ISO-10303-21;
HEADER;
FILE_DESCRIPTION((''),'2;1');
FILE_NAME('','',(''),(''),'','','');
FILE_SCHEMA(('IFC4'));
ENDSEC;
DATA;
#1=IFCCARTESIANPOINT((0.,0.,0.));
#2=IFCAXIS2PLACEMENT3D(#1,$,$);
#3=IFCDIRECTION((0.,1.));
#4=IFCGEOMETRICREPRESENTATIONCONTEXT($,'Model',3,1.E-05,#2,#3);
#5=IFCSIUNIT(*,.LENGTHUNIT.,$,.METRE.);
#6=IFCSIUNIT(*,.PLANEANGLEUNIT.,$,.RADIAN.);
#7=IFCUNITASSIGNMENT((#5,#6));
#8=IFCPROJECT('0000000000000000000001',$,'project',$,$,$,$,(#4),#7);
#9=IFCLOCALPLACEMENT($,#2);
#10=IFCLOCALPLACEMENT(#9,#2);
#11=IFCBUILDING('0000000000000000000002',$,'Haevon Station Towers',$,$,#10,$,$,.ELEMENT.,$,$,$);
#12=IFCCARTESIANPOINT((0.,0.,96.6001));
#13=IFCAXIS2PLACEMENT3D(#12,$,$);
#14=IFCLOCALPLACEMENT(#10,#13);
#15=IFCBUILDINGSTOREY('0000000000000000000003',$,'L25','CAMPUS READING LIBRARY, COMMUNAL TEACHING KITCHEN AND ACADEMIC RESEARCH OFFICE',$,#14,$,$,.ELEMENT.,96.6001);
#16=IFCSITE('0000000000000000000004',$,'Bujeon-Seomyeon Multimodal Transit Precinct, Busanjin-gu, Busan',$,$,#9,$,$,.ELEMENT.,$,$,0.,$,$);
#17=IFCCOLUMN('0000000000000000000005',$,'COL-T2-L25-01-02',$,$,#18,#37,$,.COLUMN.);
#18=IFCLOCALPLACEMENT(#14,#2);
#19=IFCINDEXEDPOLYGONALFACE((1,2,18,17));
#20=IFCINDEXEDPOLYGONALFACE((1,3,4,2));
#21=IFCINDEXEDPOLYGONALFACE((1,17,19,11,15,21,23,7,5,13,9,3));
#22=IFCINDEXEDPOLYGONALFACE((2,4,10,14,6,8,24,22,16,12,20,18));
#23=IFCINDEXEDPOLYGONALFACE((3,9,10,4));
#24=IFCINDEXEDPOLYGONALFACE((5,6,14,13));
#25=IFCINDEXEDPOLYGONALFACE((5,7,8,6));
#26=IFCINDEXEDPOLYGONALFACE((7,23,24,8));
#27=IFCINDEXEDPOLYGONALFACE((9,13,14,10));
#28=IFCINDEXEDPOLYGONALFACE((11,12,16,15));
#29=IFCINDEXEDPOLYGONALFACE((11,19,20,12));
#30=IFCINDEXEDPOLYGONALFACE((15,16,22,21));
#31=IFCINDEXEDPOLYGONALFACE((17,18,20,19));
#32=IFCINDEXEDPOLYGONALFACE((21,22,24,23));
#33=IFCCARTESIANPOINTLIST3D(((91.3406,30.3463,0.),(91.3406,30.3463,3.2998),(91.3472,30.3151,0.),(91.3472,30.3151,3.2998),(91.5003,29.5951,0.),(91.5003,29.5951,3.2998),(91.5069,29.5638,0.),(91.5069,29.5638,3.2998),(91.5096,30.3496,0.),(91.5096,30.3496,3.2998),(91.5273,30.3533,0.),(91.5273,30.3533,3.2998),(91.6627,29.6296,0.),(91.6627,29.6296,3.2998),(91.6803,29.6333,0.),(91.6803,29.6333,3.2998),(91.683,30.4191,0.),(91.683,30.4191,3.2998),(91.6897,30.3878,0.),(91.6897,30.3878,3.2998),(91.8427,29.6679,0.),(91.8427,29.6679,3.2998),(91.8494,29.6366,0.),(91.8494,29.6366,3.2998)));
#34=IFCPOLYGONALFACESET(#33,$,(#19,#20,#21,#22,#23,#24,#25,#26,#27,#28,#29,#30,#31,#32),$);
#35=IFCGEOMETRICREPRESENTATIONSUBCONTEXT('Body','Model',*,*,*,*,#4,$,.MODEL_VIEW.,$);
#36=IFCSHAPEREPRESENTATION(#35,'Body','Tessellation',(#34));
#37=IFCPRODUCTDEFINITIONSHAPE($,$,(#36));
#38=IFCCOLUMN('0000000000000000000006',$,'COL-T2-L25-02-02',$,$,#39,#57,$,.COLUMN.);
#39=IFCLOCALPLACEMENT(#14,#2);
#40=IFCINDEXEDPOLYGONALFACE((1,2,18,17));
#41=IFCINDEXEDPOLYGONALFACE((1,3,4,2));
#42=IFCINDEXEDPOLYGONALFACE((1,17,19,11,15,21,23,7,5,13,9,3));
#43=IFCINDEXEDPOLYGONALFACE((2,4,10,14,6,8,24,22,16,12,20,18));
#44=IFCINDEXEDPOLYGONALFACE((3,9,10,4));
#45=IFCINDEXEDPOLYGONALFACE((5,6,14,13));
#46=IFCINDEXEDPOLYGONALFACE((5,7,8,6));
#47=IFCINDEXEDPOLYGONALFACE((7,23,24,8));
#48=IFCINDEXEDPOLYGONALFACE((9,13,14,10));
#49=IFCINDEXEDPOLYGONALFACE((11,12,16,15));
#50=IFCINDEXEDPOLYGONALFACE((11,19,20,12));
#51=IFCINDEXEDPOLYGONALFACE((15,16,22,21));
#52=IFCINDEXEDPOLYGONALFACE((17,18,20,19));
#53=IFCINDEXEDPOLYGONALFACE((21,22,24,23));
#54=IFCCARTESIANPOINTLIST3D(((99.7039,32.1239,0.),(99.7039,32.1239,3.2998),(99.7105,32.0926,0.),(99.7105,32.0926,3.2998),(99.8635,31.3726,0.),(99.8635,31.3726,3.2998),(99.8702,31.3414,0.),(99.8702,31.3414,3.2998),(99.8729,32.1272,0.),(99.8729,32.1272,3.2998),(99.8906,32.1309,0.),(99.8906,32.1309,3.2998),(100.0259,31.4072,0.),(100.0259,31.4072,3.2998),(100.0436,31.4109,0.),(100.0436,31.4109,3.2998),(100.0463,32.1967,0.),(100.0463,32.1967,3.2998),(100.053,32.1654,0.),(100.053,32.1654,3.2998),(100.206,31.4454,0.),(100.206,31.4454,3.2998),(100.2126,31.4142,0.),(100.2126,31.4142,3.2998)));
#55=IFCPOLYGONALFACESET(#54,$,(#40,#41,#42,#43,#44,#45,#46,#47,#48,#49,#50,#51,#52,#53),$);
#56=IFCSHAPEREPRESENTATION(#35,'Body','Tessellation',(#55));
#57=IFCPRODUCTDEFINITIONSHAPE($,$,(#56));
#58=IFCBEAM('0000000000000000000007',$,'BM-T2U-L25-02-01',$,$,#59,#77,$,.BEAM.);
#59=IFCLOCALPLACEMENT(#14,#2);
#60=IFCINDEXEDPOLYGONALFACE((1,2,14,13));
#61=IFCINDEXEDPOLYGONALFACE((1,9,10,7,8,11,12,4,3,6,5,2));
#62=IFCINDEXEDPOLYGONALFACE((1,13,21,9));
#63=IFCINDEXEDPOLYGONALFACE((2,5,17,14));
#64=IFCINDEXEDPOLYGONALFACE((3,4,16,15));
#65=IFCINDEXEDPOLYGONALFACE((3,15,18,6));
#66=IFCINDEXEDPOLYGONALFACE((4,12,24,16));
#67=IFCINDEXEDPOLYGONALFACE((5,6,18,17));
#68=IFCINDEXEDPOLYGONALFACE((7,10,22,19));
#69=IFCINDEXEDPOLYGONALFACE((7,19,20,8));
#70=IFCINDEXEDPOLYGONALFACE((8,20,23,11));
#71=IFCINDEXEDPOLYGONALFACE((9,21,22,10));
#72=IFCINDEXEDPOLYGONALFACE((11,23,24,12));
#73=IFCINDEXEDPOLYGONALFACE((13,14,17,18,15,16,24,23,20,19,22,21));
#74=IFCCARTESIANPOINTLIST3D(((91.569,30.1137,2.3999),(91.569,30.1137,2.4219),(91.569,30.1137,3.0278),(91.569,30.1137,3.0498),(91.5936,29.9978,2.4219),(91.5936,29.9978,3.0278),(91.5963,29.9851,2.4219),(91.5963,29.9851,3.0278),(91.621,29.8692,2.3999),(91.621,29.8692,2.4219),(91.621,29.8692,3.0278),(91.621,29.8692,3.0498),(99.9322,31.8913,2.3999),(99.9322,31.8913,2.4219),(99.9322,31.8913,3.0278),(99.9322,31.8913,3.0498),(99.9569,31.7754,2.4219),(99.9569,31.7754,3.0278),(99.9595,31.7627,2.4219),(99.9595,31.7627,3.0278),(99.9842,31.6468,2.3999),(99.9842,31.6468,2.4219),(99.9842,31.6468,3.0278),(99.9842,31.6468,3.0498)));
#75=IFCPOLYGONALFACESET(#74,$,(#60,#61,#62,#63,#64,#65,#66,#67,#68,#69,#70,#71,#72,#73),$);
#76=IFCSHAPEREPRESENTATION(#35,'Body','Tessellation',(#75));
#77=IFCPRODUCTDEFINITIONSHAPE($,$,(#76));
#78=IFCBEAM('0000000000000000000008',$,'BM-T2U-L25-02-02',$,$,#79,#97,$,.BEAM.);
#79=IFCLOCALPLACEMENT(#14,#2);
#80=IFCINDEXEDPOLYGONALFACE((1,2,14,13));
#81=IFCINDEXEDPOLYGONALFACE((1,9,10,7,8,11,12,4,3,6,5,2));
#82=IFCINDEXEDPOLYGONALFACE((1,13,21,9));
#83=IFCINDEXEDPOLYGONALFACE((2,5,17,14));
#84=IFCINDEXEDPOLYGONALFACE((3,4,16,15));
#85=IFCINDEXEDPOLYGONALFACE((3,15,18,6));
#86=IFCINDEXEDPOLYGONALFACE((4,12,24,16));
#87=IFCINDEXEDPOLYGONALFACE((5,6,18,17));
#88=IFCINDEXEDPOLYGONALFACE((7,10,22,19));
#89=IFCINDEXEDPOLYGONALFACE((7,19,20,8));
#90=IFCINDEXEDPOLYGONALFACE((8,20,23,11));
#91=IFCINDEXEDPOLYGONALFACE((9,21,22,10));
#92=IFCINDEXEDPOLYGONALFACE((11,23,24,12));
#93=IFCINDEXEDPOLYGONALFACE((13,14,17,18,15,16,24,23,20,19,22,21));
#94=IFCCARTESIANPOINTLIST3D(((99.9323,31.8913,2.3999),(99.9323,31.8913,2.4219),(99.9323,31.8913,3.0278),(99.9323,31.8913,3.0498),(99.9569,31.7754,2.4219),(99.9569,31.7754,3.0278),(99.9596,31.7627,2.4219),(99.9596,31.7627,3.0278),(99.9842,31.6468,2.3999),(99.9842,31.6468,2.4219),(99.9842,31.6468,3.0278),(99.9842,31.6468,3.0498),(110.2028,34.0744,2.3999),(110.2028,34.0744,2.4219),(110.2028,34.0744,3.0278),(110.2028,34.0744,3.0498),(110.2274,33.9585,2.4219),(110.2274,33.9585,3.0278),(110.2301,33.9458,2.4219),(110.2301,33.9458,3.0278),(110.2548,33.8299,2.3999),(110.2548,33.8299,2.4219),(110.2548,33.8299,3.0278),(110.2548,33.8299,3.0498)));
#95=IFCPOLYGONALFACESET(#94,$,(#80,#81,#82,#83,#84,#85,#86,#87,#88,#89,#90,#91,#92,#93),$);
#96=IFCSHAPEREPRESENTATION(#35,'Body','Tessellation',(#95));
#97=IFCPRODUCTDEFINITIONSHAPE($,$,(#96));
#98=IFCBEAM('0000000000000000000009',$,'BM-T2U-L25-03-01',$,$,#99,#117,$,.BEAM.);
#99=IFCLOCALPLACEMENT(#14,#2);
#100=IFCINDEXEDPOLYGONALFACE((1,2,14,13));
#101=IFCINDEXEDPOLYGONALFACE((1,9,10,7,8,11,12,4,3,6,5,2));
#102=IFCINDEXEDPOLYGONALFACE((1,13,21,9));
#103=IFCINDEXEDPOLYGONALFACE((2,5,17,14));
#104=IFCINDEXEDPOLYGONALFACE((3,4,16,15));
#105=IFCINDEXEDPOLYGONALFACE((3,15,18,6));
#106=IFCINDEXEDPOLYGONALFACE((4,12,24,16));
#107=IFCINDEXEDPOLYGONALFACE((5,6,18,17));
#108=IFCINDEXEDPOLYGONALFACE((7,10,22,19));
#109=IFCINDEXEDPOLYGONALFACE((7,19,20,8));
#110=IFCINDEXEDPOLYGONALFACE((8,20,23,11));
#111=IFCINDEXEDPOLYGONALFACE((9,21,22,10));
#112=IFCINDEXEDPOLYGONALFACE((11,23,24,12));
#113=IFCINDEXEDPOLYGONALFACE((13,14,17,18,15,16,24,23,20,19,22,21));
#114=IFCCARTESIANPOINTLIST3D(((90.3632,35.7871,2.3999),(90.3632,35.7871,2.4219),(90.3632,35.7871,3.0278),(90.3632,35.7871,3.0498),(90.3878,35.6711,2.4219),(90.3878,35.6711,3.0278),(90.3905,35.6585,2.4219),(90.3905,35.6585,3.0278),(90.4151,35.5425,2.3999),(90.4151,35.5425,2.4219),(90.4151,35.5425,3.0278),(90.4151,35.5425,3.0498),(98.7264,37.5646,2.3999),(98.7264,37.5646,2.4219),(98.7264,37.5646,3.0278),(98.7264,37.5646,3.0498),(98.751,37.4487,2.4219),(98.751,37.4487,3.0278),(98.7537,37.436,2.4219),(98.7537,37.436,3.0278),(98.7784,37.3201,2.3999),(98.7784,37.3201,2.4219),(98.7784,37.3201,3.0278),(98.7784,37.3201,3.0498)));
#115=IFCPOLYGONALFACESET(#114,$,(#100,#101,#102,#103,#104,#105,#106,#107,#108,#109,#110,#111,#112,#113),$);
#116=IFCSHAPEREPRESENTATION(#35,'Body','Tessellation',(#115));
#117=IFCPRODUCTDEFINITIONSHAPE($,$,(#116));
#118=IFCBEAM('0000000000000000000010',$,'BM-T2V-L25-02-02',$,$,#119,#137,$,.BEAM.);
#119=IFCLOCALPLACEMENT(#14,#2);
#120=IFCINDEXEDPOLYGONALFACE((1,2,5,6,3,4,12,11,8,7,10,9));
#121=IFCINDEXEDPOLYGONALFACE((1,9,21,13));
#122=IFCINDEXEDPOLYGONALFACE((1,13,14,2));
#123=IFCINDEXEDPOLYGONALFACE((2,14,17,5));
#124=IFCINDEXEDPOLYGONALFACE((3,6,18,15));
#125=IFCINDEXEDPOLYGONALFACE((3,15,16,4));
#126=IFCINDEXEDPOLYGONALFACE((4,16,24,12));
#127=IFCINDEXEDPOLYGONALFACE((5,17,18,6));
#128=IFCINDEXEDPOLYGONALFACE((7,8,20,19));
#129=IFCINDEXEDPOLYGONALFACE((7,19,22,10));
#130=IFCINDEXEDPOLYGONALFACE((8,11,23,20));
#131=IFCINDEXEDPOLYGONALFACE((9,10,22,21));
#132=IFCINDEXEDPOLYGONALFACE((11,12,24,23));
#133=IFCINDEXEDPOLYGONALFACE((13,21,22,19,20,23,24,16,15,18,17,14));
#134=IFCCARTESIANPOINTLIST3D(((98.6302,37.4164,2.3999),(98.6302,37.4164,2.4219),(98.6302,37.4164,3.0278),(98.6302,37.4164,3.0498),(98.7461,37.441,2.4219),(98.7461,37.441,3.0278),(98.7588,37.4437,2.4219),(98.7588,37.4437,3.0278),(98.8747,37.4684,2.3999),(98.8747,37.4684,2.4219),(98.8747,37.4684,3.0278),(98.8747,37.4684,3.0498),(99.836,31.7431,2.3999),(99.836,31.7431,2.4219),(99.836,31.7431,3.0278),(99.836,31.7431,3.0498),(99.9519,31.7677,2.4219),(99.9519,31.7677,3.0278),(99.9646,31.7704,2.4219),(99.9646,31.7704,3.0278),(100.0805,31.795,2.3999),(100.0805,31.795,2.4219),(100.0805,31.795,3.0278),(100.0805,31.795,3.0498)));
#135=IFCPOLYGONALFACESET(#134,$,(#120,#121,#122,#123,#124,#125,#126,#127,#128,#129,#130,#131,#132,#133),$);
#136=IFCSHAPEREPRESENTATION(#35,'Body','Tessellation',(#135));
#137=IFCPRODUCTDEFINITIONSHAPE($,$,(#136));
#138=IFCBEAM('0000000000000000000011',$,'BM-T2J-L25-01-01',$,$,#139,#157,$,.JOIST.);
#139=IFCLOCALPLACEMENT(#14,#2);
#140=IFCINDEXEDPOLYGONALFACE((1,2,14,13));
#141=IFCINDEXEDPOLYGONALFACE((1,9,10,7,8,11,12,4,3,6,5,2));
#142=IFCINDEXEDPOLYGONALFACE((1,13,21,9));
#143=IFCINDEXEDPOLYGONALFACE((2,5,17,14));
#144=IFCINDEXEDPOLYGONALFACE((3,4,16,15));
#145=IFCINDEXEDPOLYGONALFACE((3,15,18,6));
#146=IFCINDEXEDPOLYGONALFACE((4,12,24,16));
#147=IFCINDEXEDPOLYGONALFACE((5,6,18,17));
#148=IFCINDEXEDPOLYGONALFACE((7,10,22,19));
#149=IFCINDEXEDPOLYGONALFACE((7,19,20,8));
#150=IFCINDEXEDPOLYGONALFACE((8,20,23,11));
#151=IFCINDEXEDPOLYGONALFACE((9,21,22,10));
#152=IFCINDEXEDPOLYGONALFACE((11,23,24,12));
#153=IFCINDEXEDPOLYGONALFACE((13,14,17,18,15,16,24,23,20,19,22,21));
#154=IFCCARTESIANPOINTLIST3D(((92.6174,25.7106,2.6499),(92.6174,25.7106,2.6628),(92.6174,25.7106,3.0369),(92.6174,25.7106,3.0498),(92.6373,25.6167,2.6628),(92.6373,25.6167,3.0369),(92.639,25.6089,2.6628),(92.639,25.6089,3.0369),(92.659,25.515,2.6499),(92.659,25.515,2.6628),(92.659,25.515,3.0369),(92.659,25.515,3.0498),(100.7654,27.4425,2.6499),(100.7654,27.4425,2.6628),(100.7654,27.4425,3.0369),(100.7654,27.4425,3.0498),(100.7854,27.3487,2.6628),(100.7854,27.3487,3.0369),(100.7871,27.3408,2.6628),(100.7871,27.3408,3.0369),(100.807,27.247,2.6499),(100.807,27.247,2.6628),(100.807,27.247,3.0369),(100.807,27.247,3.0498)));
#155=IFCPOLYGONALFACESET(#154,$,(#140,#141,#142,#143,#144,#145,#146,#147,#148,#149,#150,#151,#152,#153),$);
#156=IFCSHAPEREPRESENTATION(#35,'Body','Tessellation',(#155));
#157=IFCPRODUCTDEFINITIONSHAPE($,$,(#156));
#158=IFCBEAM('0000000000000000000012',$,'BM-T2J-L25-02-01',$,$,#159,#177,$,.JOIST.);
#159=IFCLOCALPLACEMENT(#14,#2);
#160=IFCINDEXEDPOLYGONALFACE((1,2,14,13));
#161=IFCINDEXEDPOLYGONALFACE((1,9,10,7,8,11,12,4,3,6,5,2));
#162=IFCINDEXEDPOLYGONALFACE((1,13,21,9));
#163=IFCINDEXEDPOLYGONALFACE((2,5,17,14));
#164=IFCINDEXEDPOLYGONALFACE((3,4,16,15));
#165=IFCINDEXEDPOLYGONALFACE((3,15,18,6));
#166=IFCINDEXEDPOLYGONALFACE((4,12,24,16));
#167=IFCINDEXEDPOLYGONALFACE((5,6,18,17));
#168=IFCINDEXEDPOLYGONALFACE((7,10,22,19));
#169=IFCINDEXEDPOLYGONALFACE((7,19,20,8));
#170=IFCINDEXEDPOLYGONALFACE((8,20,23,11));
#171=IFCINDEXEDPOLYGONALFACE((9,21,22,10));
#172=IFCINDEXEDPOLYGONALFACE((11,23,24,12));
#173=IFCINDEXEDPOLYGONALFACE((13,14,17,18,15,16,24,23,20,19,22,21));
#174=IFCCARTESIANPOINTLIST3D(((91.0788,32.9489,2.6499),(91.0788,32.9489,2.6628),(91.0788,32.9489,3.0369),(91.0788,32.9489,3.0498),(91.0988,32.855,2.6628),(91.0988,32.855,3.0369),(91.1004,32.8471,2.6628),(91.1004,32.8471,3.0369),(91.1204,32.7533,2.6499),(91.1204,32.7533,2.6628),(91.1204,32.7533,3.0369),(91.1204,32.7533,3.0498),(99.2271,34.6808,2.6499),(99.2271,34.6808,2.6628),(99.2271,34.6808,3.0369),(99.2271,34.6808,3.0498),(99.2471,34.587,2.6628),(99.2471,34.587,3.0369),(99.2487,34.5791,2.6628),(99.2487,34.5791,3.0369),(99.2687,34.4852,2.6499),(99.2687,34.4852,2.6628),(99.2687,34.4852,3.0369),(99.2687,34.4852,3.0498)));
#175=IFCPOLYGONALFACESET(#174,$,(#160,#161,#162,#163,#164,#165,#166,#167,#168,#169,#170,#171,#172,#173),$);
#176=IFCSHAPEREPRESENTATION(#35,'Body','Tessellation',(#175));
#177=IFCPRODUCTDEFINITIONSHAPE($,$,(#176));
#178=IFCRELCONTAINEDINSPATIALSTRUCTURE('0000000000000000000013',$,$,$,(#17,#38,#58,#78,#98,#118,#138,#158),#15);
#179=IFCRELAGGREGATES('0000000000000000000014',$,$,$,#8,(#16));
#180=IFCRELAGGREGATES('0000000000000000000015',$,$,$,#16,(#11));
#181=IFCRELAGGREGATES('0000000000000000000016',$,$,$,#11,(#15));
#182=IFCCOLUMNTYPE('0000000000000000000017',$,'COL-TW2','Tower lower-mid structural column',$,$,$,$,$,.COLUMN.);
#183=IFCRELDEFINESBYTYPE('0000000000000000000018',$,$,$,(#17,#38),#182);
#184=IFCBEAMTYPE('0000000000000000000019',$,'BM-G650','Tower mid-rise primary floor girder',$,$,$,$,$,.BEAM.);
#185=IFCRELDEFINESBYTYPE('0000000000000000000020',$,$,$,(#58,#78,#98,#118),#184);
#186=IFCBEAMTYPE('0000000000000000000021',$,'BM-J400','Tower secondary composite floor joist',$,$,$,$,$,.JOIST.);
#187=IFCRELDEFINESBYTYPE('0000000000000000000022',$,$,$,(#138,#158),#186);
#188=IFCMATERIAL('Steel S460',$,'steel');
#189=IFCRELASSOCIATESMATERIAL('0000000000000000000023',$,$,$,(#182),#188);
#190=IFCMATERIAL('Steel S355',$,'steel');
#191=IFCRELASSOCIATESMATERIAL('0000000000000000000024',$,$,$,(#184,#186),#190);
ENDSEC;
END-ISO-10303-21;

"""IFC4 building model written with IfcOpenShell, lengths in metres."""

from ifc_helpers import new_model, si_unit, direction, frame, origin, origin_2d, place, context, subcontext, project, spatial, i_section, extrude, material, material_profile, profile_set, type_object, element, save


model = new_model("IFC4")

# Units and contexts
model_context = context("Model", 3, precision=1e-05, world=origin(), true_north=direction((0.0, 1.0)))
body_context = subcontext(model_context, "Body", "Model", "MODEL_VIEW")
ifc_project = project(units=[si_unit("LENGTHUNIT", "METRE"), si_unit("PLANEANGLEUNIT", "RADIAN")], contexts=[model_context])

# Site, building, storey
site_placement = place(None, origin())
site = spatial("IfcSite", under=ifc_project, at=site_placement, Name="Bujeon-Seomyeon Multimodal Transit Precinct, Busanjin-gu, Busan", CompositionType="ELEMENT", RefElevation=0.0)
building_placement = place(site_placement, origin())
building = spatial("IfcBuilding", under=site, at=building_placement, Name="Haevon Station Towers", CompositionType="ELEMENT")
storey_placement = place(building_placement, frame((0.0, 0.0, 96.6001)))
storey = spatial("IfcBuildingStorey", under=building, at=storey_placement, Name="L25", Description="CAMPUS READING LIBRARY, COMMUNAL TEACHING KITCHEN AND ACADEMIC RESEARCH OFFICE", CompositionType="ELEMENT", Elevation=96.6001)

# Columns
ifc_material_1 = material(Name="Steel S460", Category="steel")
ifc_material_profile_1 = material_profile(ifc_material_1, i_section(OverallWidth=0.3501, OverallDepth=0.8, WebThickness=0.0181, FlangeThickness=0.032, at=origin_2d()), Name="H-800x350x18x32")
ifc_profile_set_1 = profile_set([ifc_material_profile_1], Name="Steel S460")
column_type = type_object("IfcColumnType", Name="COL-TW2", Description="Tower lower-mid structural column", PredefinedType="COLUMN", material=ifc_profile_set_1)
for number, where, z_axis, x_axis, name in (
    (1, (91.595, 29.9915, 0.0), (0.0, 0.0, 1.0), (0.978148, 0.207912, 0.0), "COL-T2-L25-01-02"),
    (2, (99.9583, 31.769, 0.0), (0.0, 0.0, 1.0), (0.978148, 0.207912, 0.0), "COL-T2-L25-02-02"),
):
    element("IfcColumn", number, at=place(storey_placement, frame(where, z_axis=z_axis, x_axis=x_axis)), inside=storey, type_object=column_type, Name=name, PredefinedType="COLUMN", context=body_context, shape_type="SweptSolid", body=[
        extrude(i_section(OverallWidth=0.3501, OverallDepth=0.8, WebThickness=0.0181, FlangeThickness=0.032, at=origin_2d()), origin(), (0.0, 0.0, 1.0), 3.2998),
    ])

# Beams
ifc_material_2 = material(Name="Steel S355", Category="steel")
ifc_material_profile_2 = material_profile(ifc_material_2, i_section(OverallWidth=0.25, OverallDepth=0.6499, WebThickness=0.0129, FlangeThickness=0.022, at=origin_2d()), Name="H-650x250x13x22")
ifc_profile_set_2 = profile_set([ifc_material_profile_2], Name="Steel S355")
beam_type_1 = type_object("IfcBeamType", Name="BM-G650", Description="Tower mid-rise primary floor girder", PredefinedType="BEAM", material=ifc_profile_set_2)
beam_1_placement = place(storey_placement, frame((91.595, 29.9915, 2.7249), z_axis=(0.97815, 0.207902, 0.0), x_axis=(-0.207902, 0.97815, 0.0)))
element("IfcBeam", 3, at=beam_1_placement, inside=storey, type_object=beam_type_1, Name="BM-T2U-L25-02-01", PredefinedType="BEAM", context=body_context, shape_type="SweptSolid", body=[
    extrude(i_section(OverallWidth=0.25, OverallDepth=0.6499, WebThickness=0.0129, FlangeThickness=0.022, at=origin_2d()), origin(), (0.0, 0.0, 1.0), 8.55),
])
beam_2_placement = place(storey_placement, frame((99.9583, 31.769, 2.7249), z_axis=(0.978147, 0.207915, 0.0), x_axis=(-0.207915, 0.978147, 0.0)))
element("IfcBeam", 4, at=beam_2_placement, inside=storey, type_object=beam_type_1, Name="BM-T2U-L25-02-02", PredefinedType="BEAM", context=body_context, shape_type="SweptSolid", body=[
    extrude(i_section(OverallWidth=0.25, OverallDepth=0.6499, WebThickness=0.0129, FlangeThickness=0.022, at=origin_2d()), origin(), (0.0, 0.0, 1.0), 10.5),
])
beam_3_placement = place(storey_placement, frame((90.3892, 35.6648, 2.7249), z_axis=(0.97815, 0.207902, 0.0), x_axis=(-0.207902, 0.97815, 0.0)))
element("IfcBeam", 5, at=beam_3_placement, inside=storey, type_object=beam_type_1, Name="BM-T2U-L25-03-01", PredefinedType="BEAM", context=body_context, shape_type="SweptSolid", body=[
    extrude(i_section(OverallWidth=0.25, OverallDepth=0.6499, WebThickness=0.0129, FlangeThickness=0.022, at=origin_2d()), origin(), (0.0, 0.0, 1.0), 8.55),
])
beam_4_placement = place(storey_placement, frame((99.9583, 31.769, 2.7249), z_axis=(-0.207896, 0.978151, 0.0), x_axis=(-0.978151, -0.207896, 0.0)))
element("IfcBeam", 6, at=beam_4_placement, inside=storey, type_object=beam_type_1, Name="BM-T2V-L25-02-02", PredefinedType="BEAM", context=body_context, shape_type="SweptSolid", body=[
    extrude(i_section(OverallWidth=0.25, OverallDepth=0.6499, WebThickness=0.0129, FlangeThickness=0.022, at=origin_2d()), origin(), (0.0, 0.0, 1.0), 5.8),
])
ifc_material_profile_3 = material_profile(ifc_material_2, i_section(OverallWidth=0.2, OverallDepth=0.3999, WebThickness=0.0081, FlangeThickness=0.0129, at=origin_2d()), Name="H-400x200x8x13")
ifc_profile_set_3 = profile_set([ifc_material_profile_3], Name="Steel S355")
beam_type_2 = type_object("IfcBeamType", Name="BM-J400", Description="Tower secondary composite floor joist", PredefinedType="JOIST", material=ifc_profile_set_3)
beam_5_placement = place(storey_placement, frame((92.6382, 25.6128, 2.8499), z_axis=(0.978147, 0.207916, 0.0), x_axis=(-0.207916, 0.978147, 0.0)))
element("IfcBeam", 7, at=beam_5_placement, inside=storey, type_object=beam_type_2, Name="BM-T2J-L25-01-01", PredefinedType="JOIST", context=body_context, shape_type="SweptSolid", body=[
    extrude(i_section(OverallWidth=0.2, OverallDepth=0.3999, WebThickness=0.0081, FlangeThickness=0.0129, at=origin_2d()), origin(), (0.0, 0.0, 1.0), 8.3301),
])
beam_6_placement = place(storey_placement, frame((91.0996, 32.8511, 2.8499), z_axis=(0.978148, 0.20791, 0.0), x_axis=(-0.20791, 0.978148, 0.0)))
element("IfcBeam", 8, at=beam_6_placement, inside=storey, type_object=beam_type_2, Name="BM-T2J-L25-02-01", PredefinedType="JOIST", context=body_context, shape_type="SweptSolid", body=[
    extrude(i_section(OverallWidth=0.2, OverallDepth=0.3999, WebThickness=0.0081, FlangeThickness=0.0129, at=origin_2d()), origin(), (0.0, 0.0, 1.0), 8.3303),
])

save(model, "model.ifc")
